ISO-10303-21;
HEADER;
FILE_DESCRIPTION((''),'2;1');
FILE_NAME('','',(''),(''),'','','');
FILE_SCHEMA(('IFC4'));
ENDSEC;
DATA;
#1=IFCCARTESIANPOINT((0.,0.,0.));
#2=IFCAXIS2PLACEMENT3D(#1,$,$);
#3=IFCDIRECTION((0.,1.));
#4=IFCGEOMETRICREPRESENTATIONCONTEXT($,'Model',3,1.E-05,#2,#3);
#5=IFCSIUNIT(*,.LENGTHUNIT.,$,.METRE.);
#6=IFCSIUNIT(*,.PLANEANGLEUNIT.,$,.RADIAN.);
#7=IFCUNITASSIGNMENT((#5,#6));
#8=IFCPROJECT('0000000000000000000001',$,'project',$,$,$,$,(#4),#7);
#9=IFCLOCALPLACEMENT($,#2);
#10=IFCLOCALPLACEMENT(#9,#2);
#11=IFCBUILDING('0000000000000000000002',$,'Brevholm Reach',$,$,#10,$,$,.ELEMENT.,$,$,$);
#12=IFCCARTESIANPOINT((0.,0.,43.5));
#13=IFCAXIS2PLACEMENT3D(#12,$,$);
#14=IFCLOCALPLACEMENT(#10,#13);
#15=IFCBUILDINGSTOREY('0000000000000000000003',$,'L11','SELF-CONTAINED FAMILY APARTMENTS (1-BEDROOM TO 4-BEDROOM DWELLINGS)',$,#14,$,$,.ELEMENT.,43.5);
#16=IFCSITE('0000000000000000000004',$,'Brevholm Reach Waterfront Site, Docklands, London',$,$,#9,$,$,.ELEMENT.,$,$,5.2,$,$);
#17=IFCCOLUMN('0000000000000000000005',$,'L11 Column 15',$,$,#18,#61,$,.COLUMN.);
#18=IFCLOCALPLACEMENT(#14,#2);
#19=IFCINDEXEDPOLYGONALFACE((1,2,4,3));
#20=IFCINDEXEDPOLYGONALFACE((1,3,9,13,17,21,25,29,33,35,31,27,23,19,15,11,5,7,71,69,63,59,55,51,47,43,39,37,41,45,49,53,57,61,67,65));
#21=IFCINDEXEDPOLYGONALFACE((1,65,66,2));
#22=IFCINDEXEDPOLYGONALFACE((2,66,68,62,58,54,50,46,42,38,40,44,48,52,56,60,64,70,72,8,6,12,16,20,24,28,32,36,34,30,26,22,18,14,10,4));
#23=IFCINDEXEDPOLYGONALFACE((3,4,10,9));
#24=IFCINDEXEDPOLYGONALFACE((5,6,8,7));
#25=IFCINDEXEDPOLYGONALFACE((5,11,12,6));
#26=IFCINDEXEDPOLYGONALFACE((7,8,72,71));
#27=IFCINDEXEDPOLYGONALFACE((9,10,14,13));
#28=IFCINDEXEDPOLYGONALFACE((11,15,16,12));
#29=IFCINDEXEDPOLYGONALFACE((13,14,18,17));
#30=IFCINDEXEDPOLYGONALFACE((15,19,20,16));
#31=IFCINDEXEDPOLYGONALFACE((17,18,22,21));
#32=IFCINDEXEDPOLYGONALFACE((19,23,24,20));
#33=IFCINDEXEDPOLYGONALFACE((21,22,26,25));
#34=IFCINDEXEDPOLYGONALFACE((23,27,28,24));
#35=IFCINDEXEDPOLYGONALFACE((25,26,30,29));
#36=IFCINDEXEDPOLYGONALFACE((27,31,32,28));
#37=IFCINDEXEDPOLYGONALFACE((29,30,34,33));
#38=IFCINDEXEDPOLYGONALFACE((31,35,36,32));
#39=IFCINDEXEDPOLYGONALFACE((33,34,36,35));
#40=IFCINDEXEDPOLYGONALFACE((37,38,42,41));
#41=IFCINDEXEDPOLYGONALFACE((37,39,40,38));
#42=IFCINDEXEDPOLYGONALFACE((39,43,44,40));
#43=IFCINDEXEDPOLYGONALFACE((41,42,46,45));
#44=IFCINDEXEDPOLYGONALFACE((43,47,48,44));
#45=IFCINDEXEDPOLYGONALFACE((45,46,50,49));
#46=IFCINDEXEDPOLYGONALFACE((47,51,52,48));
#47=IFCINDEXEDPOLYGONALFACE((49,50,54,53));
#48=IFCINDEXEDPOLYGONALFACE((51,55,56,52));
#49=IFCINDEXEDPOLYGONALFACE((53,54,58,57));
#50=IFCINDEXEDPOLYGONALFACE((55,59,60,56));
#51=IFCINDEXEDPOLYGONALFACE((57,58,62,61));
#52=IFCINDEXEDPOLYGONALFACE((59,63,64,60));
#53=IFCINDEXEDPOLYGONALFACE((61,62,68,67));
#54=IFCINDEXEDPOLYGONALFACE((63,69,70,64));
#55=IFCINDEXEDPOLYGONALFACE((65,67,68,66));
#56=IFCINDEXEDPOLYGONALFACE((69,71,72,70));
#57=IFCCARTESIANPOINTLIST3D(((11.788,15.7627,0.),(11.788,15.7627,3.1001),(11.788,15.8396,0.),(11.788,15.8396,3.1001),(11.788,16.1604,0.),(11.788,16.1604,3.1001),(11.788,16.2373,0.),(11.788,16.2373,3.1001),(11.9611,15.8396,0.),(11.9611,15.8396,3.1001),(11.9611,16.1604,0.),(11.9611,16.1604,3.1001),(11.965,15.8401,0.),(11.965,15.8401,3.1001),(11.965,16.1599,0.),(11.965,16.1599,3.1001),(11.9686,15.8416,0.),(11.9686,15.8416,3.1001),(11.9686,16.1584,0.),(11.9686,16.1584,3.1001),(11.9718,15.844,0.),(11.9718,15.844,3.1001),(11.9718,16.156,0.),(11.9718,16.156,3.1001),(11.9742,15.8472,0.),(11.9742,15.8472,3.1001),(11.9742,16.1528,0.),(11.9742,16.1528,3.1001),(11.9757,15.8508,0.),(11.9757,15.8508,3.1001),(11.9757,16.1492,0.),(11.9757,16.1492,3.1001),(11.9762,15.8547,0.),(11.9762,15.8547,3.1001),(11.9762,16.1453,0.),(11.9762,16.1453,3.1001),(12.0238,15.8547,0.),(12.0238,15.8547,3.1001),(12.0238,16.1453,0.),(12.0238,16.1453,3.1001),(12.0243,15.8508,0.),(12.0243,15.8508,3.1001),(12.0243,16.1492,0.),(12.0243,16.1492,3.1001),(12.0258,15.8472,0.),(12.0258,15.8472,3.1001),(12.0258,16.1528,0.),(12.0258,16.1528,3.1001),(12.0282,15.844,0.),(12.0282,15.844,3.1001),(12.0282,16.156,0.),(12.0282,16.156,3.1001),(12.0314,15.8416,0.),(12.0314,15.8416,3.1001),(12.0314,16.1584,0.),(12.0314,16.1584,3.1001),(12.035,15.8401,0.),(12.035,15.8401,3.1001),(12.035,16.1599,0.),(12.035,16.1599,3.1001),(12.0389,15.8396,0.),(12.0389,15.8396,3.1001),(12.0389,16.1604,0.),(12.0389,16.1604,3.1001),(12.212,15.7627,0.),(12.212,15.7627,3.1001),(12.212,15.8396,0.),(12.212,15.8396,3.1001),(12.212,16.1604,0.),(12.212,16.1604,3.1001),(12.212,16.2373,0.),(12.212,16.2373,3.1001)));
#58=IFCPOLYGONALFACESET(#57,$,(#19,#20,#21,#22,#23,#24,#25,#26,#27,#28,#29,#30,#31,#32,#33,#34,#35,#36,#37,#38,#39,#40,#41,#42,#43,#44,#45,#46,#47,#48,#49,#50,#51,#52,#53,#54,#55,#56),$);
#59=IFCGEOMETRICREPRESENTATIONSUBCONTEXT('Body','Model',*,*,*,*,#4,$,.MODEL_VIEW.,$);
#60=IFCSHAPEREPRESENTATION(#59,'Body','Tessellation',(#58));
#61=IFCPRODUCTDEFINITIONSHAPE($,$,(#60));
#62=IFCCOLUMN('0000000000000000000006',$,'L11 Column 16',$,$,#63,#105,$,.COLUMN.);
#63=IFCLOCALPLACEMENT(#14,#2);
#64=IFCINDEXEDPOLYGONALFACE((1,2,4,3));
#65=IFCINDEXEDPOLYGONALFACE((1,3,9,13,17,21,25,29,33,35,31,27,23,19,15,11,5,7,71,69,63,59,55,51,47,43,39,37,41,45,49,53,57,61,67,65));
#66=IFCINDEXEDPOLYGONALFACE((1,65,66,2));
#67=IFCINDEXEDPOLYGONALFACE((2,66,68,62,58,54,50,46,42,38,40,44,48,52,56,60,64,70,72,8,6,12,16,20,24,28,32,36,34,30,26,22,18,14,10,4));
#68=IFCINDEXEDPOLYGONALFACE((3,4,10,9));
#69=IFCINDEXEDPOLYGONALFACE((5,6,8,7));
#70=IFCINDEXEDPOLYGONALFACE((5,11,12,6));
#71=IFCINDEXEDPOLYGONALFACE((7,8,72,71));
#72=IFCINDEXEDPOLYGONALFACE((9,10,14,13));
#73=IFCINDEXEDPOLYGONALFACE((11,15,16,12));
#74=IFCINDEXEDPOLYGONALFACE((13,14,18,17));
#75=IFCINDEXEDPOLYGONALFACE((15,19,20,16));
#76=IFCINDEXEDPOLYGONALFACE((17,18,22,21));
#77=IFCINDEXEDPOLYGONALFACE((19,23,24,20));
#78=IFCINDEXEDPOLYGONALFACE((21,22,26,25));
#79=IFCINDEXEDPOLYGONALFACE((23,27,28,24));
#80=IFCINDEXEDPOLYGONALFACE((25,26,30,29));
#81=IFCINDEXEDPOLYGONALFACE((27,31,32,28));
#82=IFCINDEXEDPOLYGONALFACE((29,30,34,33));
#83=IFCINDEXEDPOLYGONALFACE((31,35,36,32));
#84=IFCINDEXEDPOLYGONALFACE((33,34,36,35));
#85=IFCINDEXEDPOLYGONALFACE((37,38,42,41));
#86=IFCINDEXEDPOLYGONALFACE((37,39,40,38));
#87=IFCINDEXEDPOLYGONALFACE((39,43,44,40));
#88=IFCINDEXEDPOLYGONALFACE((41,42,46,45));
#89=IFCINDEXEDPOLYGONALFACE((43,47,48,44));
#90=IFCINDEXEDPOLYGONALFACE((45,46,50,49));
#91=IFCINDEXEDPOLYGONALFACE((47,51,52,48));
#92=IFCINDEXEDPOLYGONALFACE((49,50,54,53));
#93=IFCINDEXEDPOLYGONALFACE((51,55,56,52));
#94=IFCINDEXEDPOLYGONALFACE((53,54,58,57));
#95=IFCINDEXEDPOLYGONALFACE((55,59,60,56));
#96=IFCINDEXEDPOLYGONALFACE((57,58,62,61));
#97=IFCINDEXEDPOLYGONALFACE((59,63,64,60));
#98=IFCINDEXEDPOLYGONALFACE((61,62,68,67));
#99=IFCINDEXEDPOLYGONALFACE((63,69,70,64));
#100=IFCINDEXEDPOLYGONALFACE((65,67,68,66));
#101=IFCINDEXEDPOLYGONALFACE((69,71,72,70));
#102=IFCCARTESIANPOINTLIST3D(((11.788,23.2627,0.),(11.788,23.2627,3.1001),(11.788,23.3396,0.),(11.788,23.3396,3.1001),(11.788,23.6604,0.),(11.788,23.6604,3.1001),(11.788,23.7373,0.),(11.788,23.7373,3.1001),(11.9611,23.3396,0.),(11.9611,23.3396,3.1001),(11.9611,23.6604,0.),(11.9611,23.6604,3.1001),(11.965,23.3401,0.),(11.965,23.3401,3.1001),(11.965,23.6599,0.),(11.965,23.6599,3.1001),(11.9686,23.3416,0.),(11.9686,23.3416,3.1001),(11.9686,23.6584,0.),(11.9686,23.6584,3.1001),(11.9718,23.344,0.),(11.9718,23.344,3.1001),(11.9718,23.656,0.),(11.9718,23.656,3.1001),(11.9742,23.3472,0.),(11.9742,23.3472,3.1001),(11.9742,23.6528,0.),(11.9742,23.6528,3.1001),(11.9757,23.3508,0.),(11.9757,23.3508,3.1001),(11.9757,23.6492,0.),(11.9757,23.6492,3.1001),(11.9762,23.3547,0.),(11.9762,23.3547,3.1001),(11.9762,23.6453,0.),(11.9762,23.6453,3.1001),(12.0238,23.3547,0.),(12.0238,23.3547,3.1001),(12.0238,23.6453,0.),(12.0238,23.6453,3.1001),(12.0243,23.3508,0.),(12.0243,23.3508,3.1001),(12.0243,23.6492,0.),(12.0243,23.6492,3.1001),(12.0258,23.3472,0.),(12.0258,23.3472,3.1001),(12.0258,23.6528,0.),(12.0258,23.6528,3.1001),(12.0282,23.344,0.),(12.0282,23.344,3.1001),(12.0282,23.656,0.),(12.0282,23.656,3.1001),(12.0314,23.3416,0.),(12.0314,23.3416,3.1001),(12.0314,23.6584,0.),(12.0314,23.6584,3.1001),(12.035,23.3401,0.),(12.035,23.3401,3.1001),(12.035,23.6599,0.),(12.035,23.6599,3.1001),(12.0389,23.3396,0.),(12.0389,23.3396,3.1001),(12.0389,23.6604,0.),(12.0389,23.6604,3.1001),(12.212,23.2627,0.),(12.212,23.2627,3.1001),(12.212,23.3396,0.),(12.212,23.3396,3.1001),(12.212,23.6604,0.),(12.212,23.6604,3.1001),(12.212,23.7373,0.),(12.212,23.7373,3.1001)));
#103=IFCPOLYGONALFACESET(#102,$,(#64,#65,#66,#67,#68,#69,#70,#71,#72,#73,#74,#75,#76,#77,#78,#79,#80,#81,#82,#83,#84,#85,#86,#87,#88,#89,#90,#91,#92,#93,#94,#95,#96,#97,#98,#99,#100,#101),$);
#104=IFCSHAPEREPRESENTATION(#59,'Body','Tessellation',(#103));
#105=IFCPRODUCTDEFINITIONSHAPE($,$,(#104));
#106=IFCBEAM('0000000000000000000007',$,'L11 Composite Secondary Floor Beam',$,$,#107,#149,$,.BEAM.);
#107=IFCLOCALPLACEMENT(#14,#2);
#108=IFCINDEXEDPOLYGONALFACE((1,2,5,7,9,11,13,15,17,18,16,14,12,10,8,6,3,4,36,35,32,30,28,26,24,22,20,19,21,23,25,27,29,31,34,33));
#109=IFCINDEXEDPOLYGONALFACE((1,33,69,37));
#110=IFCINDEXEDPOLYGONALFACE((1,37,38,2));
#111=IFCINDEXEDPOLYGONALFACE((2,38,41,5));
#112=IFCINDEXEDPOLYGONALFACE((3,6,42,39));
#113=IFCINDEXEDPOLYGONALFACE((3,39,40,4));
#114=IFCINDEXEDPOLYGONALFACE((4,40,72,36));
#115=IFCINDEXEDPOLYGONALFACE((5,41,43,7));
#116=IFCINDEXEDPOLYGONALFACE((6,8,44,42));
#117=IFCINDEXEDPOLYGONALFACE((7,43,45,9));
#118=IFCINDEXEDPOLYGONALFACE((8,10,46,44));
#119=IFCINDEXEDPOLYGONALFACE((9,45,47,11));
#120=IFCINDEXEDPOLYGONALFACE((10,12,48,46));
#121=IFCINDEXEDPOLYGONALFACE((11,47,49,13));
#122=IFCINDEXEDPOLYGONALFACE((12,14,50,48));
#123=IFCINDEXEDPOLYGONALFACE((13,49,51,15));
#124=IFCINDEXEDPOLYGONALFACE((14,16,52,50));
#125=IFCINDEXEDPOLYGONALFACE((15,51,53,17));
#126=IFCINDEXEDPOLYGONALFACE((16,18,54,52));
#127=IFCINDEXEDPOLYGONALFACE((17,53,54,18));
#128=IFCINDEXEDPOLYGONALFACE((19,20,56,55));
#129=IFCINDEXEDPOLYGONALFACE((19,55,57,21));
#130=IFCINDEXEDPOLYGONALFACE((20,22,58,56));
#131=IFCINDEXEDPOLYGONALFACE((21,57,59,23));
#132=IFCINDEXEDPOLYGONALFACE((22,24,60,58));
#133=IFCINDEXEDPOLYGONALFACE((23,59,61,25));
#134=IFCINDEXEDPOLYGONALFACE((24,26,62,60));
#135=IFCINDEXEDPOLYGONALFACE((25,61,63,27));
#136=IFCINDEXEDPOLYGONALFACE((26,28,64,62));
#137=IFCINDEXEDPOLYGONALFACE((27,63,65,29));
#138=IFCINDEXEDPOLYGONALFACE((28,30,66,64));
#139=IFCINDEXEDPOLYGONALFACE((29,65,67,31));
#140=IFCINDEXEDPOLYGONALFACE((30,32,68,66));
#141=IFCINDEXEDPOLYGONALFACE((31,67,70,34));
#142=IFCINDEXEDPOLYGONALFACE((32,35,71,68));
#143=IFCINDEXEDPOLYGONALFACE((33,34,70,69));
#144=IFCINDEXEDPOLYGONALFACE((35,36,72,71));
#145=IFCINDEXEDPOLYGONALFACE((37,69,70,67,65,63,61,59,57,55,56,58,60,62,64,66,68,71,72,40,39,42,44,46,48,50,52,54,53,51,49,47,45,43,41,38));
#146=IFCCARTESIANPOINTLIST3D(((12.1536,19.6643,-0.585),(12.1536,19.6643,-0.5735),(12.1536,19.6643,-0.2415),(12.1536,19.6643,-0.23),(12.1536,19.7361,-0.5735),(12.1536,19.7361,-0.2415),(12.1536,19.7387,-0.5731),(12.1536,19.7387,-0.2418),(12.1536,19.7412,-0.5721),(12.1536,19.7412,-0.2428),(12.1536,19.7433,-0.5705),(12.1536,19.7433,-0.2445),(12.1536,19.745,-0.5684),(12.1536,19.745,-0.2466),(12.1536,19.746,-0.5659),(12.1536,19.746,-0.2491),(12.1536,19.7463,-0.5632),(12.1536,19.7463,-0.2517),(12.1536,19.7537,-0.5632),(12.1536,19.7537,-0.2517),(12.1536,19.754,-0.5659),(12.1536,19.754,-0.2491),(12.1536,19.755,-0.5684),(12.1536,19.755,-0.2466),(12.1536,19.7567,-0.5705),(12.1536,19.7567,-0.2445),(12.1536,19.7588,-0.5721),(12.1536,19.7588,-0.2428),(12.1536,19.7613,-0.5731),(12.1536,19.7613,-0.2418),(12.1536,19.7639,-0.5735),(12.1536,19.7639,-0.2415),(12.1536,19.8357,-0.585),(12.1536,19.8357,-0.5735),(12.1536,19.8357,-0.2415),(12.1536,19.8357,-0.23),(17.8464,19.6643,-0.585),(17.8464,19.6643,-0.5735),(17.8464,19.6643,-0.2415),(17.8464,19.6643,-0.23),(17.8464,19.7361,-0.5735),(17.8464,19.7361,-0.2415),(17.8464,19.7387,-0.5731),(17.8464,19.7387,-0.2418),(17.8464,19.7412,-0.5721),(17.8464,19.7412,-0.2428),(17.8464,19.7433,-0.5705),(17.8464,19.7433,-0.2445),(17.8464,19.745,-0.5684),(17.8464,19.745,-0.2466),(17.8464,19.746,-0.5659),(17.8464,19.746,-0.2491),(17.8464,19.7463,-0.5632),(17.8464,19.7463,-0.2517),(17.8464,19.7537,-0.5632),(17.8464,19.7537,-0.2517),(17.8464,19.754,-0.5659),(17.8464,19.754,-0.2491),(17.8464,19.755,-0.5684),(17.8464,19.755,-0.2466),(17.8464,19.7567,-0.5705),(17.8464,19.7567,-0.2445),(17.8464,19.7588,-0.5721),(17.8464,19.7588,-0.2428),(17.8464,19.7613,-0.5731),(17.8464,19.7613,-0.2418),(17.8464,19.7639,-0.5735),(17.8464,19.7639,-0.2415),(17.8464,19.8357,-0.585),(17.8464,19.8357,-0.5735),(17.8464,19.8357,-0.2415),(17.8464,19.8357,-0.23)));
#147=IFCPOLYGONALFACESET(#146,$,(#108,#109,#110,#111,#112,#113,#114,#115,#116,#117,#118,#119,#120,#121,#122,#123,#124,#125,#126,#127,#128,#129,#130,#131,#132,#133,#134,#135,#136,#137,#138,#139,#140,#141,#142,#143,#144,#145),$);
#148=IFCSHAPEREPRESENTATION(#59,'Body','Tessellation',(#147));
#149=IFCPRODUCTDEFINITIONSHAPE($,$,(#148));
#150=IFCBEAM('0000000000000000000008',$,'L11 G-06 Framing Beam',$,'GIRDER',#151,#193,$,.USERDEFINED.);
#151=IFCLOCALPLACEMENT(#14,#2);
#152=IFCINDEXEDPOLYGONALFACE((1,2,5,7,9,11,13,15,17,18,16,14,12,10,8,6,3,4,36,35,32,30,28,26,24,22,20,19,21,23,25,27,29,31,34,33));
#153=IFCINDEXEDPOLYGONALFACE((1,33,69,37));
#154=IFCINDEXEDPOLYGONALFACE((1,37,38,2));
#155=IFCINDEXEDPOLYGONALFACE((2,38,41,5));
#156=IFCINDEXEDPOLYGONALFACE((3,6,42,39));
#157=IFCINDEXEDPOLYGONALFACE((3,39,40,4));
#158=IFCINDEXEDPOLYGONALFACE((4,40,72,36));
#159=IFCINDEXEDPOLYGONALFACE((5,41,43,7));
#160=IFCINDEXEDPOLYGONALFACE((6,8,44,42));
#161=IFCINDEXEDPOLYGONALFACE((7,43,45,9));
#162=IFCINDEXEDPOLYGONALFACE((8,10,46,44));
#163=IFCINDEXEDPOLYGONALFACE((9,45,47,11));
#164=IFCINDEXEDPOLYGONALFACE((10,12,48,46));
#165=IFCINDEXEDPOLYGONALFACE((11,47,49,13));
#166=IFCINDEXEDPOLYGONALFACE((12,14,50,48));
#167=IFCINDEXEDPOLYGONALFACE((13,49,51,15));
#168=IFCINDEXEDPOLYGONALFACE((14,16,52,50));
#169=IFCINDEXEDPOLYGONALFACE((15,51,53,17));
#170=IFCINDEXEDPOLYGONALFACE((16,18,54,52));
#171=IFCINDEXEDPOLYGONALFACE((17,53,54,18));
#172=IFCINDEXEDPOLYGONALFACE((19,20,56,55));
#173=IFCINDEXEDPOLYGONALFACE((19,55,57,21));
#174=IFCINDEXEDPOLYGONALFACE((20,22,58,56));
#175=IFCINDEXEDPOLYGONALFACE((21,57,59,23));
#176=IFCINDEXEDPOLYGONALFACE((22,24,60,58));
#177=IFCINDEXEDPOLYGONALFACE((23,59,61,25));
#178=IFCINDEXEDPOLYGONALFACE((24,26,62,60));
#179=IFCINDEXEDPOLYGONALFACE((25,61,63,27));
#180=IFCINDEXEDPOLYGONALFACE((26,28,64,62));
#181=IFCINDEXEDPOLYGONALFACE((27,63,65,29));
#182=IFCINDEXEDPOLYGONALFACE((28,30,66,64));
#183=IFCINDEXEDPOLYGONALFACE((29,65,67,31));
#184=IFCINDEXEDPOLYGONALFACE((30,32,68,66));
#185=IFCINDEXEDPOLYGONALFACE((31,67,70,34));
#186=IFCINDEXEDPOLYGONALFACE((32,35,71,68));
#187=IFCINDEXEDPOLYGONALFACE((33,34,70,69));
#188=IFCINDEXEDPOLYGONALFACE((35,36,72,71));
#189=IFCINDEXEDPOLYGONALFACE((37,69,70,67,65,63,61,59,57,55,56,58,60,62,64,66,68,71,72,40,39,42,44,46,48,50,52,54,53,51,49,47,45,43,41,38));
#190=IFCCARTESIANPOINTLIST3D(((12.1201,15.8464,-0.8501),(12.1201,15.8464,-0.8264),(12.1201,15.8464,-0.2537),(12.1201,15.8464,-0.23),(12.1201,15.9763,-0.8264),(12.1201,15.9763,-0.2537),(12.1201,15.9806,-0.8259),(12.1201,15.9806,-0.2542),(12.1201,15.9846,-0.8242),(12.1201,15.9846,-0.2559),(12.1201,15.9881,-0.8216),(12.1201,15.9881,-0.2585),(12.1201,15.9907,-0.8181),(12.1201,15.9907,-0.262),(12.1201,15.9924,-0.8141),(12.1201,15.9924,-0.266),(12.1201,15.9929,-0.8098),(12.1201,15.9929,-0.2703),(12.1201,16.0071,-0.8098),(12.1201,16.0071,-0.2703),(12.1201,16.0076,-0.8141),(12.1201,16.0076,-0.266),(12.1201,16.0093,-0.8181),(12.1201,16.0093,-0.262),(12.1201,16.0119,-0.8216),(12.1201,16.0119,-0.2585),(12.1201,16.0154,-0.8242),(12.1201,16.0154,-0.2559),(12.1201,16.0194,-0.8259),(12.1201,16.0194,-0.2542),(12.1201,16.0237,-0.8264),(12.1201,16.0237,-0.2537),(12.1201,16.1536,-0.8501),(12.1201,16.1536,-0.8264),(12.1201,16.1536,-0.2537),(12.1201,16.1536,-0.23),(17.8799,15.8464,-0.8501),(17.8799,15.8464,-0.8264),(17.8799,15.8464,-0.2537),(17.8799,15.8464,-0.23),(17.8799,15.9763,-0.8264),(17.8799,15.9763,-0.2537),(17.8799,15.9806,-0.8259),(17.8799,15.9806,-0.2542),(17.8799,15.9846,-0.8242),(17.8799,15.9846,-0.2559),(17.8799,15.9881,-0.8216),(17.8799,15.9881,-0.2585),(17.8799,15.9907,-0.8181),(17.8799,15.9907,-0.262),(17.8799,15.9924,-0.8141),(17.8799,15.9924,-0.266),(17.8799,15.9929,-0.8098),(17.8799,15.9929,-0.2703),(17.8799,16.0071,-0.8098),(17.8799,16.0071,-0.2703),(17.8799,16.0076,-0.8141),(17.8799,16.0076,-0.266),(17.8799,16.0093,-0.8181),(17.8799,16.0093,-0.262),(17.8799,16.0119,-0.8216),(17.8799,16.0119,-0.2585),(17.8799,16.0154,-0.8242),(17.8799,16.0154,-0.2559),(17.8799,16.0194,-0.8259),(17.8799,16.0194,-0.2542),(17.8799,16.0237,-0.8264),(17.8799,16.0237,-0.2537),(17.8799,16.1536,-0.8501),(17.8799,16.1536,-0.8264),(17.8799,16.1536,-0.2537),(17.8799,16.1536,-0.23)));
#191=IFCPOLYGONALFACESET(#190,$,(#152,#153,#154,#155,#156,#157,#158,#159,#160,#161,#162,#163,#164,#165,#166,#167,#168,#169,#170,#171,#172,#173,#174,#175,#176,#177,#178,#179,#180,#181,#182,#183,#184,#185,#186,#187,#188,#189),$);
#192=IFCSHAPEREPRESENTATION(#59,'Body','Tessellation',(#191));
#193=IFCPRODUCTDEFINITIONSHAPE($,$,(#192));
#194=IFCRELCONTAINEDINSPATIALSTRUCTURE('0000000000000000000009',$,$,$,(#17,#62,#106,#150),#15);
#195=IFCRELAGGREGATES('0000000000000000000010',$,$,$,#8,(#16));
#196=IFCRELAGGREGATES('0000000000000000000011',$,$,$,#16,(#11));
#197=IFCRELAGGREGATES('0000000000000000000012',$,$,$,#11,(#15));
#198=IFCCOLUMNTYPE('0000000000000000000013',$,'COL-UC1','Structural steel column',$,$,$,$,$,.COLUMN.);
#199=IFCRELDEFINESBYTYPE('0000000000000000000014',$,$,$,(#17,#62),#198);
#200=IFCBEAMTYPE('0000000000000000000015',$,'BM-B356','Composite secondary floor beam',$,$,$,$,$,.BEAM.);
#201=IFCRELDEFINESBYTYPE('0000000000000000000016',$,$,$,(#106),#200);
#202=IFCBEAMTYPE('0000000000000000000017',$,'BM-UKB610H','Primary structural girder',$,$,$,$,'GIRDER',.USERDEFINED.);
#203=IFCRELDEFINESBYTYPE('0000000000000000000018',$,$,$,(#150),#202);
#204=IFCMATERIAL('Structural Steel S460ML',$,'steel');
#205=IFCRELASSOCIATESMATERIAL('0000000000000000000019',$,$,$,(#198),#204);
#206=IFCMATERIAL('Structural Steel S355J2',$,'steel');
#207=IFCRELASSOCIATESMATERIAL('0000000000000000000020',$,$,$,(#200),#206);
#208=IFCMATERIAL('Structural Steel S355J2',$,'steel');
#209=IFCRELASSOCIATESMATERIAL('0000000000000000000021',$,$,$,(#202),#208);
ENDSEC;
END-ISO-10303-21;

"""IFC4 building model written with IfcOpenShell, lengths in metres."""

from ifc_helpers import new_model, si_unit, direction, frame, origin, origin_2d, place, context, subcontext, project, spatial, i_section, extrude, material, material_profile, profile_set, type_object, element, save


model = new_model("IFC4")

# Units and contexts
model_context = context("Model", 3, precision=1e-05, world=origin(), true_north=direction((0.0, 1.0)))
body_context = subcontext(model_context, "Body", "Model", "MODEL_VIEW")
ifc_project = project(units=[si_unit("LENGTHUNIT", "METRE"), si_unit("PLANEANGLEUNIT", "RADIAN")], contexts=[model_context])

# Site, building, storey
site_placement = place(None, origin())
site = spatial("IfcSite", under=ifc_project, at=site_placement, Name="Brevholm Reach Waterfront Site, Docklands, London", CompositionType="ELEMENT", RefElevation=5.2)
building_placement = place(site_placement, origin())
building = spatial("IfcBuilding", under=site, at=building_placement, Name="Brevholm Reach", CompositionType="ELEMENT")
storey_placement = place(building_placement, frame((0.0, 0.0, 43.5)))
storey = spatial("IfcBuildingStorey", under=building, at=storey_placement, Name="L11", Description="SELF-CONTAINED FAMILY APARTMENTS (1-BEDROOM TO 4-BEDROOM DWELLINGS)", CompositionType="ELEMENT", Elevation=43.5)

# Columns
ifc_material_1 = material(Name="Structural Steel S460ML", Category="steel")
ifc_material_profile_1 = material_profile(ifc_material_1, i_section(OverallWidth=0.4241, OverallDepth=0.4746, WebThickness=0.0476, FlangeThickness=0.0769, FilletRadius=0.0151, at=origin_2d()), Name="UKC 356x406x634")
ifc_profile_set_1 = profile_set([ifc_material_profile_1], Name="Structural Steel S460ML")
column_type = type_object("IfcColumnType", Name="COL-UC1", Description="Structural steel column", PredefinedType="COLUMN", material=ifc_profile_set_1)
for number, where, z_axis, x_axis, name in (
    (1, (12.0, 16.0, 0.0), (0.0, 0.0, 1.0), (1.0, 0.0, 0.0), "L11 Column 15"),
    (2, (12.0, 23.5, 0.0), (0.0, 0.0, 1.0), (1.0, 0.0, 0.0), "L11 Column 16"),
):
    element("IfcColumn", number, at=place(storey_placement, frame(where, z_axis=z_axis, x_axis=x_axis)), inside=storey, type_object=column_type, Name=name, PredefinedType="COLUMN", context=body_context, shape_type="SweptSolid", body=[
        extrude(i_section(OverallWidth=0.4241, OverallDepth=0.4746, WebThickness=0.0476, FlangeThickness=0.0769, FilletRadius=0.0151, at=origin_2d()), origin(), (0.0, 0.0, 1.0), 3.1001),
    ])

# Beams
ifc_material_2 = material(Name="Structural Steel S355J2", Category="steel")
ifc_material_profile_2 = material_profile(ifc_material_2, i_section(OverallWidth=0.1714, OverallDepth=0.355, WebThickness=0.0073, FlangeThickness=0.0115, FilletRadius=0.0103, at=origin_2d()), Name="UKB 356x171x51")
ifc_profile_set_2 = profile_set([ifc_material_profile_2], Name="Structural Steel S355J2")
beam_type_1 = type_object("IfcBeamType", Name="BM-B356", Description="Composite secondary floor beam", PredefinedType="BEAM", material=ifc_profile_set_2)
beam_1_placement = place(storey_placement, frame((12.1536, 19.75, -0.4075), z_axis=(1.0, 0.0, 0.0), x_axis=(0.0, 1.0, 0.0)))
element("IfcBeam", 3, at=beam_1_placement, inside=storey, type_object=beam_type_1, Name="L11 Composite Secondary Floor Beam", PredefinedType="BEAM", context=body_context, shape_type="SweptSolid", body=[
    extrude(i_section(OverallWidth=0.1714, OverallDepth=0.355, WebThickness=0.0073, FlangeThickness=0.0115, FilletRadius=0.0103, at=origin_2d()), origin(), (0.0, 0.0, 1.0), 5.6929),
])
ifc_material_3 = material(Name="Structural Steel S355J2", Category="steel")
ifc_material_profile_3 = material_profile(ifc_material_3, i_section(OverallWidth=0.3071, OverallDepth=0.6201, WebThickness=0.0142, FlangeThickness=0.0237, FilletRadius=0.0166, at=origin_2d()), Name="UKB 610x305x179")
ifc_profile_set_3 = profile_set([ifc_material_profile_3], Name="Structural Steel S355J2")
beam_type_2 = type_object("IfcBeamType", Name="BM-UKB610H", Description="Primary structural girder", ElementType="GIRDER", PredefinedType="USERDEFINED", material=ifc_profile_set_3)
for number, where, z_axis, x_axis, name in (
    (4, (12.1201, 16.0, -0.54), (1.0, 0.0, 0.0), (0.0, 1.0, 0.0), "L11 G-06 Framing Beam"),
):
    element("IfcBeam", number, at=place(storey_placement, frame(where, z_axis=z_axis, x_axis=x_axis)), inside=storey, type_object=beam_type_2, Name=name, ObjectType="GIRDER", PredefinedType="USERDEFINED", context=body_context, shape_type="SweptSolid", body=[
        extrude(i_section(OverallWidth=0.3071, OverallDepth=0.6201, WebThickness=0.0142, FlangeThickness=0.0237, FilletRadius=0.0166, at=origin_2d()), origin(), (0.0, 0.0, 1.0), 5.7598),
    ])

save(model, "model.ifc")
